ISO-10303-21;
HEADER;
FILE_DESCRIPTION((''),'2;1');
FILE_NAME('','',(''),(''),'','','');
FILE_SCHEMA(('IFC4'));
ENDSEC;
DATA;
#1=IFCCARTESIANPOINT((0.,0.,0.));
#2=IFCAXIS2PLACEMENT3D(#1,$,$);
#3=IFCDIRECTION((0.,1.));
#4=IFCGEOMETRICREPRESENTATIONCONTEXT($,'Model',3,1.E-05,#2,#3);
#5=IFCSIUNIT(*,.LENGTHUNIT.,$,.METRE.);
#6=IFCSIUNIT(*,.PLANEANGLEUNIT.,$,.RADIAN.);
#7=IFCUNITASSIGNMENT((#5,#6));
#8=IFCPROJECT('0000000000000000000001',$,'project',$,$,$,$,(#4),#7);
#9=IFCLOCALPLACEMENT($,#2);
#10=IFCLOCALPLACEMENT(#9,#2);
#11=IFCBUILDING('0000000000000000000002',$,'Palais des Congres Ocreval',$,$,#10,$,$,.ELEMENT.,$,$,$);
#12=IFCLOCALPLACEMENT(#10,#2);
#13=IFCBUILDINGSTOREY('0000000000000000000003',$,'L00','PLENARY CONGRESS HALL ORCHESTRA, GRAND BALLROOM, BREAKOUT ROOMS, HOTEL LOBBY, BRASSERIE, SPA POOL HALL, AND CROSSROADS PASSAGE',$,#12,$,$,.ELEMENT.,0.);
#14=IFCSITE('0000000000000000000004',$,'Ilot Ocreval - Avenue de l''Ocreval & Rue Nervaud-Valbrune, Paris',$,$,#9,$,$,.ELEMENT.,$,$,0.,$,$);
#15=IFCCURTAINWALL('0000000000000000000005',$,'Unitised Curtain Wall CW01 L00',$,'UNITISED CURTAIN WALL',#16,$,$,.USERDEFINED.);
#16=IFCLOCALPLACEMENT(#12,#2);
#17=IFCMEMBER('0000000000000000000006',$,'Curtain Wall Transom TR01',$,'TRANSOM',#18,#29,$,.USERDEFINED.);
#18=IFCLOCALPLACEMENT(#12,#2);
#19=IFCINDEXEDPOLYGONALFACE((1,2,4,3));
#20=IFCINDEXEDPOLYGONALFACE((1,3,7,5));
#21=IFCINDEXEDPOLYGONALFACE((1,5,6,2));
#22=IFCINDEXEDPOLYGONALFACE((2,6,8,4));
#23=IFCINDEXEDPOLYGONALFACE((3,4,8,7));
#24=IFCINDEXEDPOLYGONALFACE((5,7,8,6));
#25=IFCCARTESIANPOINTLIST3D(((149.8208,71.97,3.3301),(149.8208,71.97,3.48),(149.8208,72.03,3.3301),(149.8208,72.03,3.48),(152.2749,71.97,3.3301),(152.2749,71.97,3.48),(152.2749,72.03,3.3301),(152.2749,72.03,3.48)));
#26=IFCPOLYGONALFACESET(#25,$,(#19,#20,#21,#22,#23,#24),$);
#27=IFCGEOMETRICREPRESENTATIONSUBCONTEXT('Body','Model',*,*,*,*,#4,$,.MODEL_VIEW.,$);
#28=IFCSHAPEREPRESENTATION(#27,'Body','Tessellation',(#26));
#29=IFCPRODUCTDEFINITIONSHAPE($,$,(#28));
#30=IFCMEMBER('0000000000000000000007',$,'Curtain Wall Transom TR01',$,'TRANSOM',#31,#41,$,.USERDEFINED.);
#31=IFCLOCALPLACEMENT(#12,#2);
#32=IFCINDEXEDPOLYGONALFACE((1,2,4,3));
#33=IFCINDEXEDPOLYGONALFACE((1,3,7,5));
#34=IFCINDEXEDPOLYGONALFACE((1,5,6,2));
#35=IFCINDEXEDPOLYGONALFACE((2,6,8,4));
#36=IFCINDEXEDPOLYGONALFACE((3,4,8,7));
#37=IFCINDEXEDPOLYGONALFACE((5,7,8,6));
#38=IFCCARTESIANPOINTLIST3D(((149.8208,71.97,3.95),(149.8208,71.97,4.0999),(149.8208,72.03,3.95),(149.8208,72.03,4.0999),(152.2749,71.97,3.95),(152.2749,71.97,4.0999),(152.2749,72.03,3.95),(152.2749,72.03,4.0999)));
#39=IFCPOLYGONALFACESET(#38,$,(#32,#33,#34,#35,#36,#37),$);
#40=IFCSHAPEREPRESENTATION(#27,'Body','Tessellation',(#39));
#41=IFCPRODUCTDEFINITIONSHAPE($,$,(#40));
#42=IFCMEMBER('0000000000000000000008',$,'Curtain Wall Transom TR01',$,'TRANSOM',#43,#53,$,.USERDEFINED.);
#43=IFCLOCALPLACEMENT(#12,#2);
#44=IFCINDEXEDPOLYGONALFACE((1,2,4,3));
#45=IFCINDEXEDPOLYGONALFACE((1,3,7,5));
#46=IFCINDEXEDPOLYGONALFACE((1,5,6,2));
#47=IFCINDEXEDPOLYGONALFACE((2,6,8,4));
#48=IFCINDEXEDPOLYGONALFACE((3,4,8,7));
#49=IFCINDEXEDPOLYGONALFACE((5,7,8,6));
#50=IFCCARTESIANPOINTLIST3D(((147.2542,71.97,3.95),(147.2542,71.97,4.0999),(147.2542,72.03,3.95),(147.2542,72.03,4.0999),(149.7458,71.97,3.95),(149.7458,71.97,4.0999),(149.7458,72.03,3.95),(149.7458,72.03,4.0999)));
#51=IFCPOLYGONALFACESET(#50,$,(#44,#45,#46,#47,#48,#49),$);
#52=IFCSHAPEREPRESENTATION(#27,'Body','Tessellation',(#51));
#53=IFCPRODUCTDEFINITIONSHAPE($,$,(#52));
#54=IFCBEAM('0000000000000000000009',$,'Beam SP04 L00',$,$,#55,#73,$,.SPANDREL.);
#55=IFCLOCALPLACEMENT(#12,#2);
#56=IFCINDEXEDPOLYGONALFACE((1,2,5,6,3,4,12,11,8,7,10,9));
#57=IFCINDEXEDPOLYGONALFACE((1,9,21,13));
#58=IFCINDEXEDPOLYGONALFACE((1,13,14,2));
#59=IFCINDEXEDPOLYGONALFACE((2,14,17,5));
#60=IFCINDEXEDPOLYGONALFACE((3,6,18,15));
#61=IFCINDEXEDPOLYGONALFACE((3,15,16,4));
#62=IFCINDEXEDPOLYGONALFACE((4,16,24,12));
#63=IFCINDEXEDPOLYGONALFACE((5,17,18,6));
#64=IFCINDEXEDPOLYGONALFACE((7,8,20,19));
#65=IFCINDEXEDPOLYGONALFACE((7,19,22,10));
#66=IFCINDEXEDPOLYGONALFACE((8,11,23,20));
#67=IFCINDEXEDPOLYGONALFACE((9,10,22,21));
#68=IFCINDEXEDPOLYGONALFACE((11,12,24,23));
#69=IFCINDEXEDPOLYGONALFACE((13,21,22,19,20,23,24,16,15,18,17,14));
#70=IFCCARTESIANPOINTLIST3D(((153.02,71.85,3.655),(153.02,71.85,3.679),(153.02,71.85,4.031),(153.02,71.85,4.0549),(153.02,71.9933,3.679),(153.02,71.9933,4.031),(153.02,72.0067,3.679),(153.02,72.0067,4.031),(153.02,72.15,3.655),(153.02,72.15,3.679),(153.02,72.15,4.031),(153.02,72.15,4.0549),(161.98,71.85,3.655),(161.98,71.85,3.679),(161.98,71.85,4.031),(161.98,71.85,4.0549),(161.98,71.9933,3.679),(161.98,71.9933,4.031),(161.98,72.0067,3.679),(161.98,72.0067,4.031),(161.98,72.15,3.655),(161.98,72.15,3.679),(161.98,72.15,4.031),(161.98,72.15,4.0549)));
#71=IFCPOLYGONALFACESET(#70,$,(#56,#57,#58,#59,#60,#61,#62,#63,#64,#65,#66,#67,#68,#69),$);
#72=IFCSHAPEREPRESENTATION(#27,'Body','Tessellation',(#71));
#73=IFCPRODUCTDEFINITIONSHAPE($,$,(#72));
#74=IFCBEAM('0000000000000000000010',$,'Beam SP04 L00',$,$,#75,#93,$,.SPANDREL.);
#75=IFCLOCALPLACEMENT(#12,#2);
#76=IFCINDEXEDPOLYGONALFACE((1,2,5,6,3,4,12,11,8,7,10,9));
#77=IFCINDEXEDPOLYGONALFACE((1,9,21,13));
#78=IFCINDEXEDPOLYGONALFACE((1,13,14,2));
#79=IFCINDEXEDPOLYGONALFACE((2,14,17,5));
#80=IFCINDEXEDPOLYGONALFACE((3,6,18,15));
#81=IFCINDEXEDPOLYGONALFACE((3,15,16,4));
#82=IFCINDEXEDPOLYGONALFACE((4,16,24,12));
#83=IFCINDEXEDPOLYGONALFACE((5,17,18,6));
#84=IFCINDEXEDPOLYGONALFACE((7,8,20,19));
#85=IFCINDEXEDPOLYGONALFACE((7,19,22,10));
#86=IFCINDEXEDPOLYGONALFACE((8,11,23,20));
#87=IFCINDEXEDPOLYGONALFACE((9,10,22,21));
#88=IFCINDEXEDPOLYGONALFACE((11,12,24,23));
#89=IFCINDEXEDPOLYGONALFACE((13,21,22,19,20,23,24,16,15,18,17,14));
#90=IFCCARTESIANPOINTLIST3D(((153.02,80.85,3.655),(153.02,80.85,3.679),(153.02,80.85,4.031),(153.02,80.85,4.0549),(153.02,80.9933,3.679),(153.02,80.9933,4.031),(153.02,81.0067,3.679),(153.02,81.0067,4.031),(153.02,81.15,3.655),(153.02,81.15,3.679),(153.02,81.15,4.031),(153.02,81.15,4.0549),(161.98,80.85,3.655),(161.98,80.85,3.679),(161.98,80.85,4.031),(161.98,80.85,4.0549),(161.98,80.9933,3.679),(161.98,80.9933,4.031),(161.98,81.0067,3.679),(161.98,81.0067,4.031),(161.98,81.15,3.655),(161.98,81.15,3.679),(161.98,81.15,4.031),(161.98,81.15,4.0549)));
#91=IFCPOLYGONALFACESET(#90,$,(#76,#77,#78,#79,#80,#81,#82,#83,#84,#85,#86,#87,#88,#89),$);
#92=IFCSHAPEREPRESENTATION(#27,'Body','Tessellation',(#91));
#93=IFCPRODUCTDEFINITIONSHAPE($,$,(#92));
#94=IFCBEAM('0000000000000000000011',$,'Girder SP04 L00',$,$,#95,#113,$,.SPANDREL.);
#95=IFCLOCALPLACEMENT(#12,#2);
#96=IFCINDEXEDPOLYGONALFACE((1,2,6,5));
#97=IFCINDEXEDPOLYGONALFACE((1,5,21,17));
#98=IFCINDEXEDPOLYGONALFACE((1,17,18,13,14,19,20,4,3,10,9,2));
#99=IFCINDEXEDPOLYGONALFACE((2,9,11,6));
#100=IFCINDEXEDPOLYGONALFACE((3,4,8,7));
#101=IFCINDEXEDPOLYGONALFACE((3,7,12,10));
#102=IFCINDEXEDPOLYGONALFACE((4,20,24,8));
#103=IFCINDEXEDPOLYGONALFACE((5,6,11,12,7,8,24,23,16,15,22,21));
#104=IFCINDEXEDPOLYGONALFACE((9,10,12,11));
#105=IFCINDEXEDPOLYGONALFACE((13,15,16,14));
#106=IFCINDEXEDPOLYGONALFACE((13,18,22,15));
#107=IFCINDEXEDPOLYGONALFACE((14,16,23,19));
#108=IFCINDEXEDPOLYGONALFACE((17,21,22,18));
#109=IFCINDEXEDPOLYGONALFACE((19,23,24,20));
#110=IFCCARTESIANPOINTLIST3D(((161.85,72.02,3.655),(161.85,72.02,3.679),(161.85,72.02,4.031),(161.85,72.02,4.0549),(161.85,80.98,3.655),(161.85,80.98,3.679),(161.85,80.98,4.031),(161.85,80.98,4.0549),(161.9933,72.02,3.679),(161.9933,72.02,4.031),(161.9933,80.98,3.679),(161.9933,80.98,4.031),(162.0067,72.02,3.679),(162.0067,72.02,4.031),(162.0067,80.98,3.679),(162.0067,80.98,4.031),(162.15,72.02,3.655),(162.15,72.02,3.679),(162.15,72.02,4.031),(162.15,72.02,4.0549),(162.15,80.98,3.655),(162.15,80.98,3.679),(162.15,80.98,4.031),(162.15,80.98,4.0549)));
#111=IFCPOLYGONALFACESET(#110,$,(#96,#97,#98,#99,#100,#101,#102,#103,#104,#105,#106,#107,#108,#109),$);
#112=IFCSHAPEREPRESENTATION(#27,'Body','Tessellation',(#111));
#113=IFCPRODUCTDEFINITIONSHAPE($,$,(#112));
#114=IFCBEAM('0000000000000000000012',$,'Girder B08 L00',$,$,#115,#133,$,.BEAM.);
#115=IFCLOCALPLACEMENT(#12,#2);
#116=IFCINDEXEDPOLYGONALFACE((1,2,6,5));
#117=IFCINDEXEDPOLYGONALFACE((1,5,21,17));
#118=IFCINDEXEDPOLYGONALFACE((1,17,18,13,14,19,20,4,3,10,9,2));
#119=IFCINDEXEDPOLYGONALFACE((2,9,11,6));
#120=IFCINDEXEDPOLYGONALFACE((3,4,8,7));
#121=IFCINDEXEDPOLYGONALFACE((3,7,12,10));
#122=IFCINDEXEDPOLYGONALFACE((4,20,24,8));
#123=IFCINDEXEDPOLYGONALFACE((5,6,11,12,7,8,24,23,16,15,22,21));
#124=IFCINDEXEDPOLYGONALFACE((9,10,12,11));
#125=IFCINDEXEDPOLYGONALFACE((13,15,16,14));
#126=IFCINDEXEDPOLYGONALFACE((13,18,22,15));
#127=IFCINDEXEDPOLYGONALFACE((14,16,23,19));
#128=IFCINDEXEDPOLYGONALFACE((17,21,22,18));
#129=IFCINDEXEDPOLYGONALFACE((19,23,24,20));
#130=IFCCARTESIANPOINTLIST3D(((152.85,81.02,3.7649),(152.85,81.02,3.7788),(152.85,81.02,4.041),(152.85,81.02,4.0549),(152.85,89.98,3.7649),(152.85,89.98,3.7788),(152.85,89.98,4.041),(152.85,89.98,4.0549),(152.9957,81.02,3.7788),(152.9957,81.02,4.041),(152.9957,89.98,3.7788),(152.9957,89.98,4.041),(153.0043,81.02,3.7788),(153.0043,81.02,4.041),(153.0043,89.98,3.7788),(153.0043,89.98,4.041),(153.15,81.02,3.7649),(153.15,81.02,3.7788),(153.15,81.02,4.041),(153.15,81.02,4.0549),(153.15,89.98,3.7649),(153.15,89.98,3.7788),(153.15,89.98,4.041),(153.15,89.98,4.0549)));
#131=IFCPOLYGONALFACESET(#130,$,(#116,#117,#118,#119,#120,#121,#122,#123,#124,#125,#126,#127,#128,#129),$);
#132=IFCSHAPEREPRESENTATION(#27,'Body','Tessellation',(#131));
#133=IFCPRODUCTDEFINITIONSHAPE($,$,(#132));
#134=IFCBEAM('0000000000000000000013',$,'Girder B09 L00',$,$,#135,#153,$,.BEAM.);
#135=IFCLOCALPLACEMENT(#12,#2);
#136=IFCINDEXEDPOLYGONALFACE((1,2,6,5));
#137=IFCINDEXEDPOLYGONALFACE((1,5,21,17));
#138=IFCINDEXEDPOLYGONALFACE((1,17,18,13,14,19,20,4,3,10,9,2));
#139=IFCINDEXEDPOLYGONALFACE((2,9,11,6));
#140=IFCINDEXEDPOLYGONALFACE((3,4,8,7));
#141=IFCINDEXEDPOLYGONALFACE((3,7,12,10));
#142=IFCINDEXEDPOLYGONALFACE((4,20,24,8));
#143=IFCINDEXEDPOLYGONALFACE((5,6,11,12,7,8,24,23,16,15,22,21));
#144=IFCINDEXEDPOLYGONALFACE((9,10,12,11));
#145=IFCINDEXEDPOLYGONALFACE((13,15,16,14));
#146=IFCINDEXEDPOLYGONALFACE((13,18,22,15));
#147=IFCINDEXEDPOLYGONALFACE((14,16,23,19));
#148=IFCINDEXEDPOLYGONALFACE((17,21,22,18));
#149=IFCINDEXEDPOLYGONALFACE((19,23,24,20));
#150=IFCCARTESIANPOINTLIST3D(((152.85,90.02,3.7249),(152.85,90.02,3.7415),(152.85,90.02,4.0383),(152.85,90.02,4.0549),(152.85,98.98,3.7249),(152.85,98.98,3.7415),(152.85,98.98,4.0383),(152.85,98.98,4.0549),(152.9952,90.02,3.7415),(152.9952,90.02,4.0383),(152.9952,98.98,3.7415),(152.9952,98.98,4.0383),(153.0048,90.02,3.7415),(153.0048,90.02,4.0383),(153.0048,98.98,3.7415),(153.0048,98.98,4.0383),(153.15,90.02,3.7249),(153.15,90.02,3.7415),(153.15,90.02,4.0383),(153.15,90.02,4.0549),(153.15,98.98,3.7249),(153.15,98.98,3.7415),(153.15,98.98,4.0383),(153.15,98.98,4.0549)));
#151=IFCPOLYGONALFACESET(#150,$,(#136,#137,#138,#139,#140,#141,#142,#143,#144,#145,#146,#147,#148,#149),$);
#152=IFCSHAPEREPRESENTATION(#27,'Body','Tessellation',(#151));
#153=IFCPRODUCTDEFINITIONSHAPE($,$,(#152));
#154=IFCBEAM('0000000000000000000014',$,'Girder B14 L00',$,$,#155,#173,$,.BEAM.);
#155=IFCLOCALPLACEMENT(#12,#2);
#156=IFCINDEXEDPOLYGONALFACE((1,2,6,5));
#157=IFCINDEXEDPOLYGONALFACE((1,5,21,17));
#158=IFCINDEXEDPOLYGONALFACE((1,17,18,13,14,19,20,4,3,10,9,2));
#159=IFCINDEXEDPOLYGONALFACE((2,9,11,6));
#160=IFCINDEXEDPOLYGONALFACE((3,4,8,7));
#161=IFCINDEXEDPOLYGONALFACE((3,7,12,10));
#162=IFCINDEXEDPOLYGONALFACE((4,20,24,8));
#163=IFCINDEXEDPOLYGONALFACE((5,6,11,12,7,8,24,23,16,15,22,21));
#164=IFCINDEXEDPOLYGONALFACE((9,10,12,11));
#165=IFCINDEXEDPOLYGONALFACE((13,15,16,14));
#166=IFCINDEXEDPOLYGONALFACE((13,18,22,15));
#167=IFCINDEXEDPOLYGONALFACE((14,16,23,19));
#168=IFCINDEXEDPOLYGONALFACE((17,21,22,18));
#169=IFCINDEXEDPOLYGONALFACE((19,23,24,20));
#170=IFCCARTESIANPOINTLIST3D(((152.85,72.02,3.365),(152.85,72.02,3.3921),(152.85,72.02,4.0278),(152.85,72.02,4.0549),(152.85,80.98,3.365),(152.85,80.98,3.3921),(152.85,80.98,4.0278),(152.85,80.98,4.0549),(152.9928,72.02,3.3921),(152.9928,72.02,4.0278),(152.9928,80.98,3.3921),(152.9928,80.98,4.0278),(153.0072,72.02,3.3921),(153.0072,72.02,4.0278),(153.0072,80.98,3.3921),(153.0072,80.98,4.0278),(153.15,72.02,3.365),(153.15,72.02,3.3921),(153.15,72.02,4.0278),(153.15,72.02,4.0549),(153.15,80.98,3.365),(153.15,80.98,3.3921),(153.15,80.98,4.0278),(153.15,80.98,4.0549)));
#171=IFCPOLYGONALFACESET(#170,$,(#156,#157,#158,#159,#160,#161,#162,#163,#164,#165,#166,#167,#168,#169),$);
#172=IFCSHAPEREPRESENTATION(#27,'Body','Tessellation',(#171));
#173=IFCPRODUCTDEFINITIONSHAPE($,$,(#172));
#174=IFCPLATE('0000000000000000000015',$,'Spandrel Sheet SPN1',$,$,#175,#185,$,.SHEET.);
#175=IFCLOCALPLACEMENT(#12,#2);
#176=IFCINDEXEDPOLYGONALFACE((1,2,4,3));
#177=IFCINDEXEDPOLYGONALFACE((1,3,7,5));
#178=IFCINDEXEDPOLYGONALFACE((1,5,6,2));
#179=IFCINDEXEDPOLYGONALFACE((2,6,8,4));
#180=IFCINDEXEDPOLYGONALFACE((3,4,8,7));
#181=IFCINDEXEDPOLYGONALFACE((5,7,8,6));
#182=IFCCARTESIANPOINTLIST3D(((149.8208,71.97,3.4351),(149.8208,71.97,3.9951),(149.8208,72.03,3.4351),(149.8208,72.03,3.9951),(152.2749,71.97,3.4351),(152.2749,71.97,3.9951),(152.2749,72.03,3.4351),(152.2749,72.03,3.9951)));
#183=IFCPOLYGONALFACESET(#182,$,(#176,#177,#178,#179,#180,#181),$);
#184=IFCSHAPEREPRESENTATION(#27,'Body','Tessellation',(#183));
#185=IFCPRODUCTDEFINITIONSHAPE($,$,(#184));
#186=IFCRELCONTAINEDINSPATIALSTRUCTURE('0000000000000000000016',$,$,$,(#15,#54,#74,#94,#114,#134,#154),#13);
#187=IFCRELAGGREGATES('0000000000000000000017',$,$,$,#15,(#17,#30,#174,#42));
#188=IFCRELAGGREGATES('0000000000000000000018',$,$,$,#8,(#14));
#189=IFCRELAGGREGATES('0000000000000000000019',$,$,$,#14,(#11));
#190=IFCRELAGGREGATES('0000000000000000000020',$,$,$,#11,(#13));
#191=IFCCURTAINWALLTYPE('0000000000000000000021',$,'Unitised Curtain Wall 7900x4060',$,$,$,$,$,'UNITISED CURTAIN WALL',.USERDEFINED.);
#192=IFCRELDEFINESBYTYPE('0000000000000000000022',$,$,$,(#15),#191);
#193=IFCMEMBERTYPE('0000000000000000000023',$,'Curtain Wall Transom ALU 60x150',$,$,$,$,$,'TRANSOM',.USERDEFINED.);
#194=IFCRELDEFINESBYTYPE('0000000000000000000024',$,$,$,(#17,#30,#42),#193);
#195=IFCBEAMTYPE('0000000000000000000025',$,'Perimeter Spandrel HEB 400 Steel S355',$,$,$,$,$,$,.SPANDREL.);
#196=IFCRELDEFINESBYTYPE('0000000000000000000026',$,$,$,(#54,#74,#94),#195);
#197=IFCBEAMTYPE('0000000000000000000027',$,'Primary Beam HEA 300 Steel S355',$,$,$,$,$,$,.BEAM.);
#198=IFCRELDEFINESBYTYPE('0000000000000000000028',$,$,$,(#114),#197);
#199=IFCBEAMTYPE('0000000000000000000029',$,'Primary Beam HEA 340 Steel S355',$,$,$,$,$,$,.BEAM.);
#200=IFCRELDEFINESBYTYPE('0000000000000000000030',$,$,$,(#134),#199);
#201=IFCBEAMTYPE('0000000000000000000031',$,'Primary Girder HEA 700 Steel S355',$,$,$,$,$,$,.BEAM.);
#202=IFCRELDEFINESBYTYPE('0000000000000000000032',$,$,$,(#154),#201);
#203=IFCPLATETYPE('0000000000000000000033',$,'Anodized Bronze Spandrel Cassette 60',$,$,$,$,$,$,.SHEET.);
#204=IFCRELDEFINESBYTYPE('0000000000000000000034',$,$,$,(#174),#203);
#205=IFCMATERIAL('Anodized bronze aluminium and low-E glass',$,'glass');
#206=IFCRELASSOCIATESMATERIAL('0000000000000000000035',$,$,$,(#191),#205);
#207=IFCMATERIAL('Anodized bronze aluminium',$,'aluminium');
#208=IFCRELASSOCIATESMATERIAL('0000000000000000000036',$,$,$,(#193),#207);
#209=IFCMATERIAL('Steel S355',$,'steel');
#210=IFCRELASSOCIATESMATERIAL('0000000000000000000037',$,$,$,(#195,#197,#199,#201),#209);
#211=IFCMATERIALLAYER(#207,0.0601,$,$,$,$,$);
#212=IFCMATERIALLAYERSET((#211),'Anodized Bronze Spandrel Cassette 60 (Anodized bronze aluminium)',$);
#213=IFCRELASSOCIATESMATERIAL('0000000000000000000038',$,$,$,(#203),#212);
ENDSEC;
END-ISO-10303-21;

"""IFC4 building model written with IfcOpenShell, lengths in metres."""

from ifc_helpers import new_model, si_unit, direction, frame, origin, origin_2d, place, context, subcontext, project, spatial, rectangle, i_section, extrude, material, layer, layer_set, material_profile, profile_set, type_object, element, aggregate, save


model = new_model("IFC4")

# Units and contexts
model_context = context("Model", 3, precision=1e-05, world=origin(), true_north=direction((0.0, 1.0)))
body_context = subcontext(model_context, "Body", "Model", "MODEL_VIEW")
ifc_project = project(units=[si_unit("LENGTHUNIT", "METRE"), si_unit("PLANEANGLEUNIT", "RADIAN")], contexts=[model_context])

# Site, building, storey
site_placement = place(None, origin())
site = spatial("IfcSite", under=ifc_project, at=site_placement, Name="Ilot Ocreval - Avenue de l'Ocreval & Rue Nervaud-Valbrune, Paris", CompositionType="ELEMENT", RefElevation=0.0)
building_placement = place(site_placement, origin())
building = spatial("IfcBuilding", under=site, at=building_placement, Name="Palais des Congres Ocreval", CompositionType="ELEMENT")
storey_placement = place(building_placement, origin())
storey = spatial("IfcBuildingStorey", under=building, at=storey_placement, Name="L00", Description="PLENARY CONGRESS HALL ORCHESTRA, GRAND BALLROOM, BREAKOUT ROOMS, HOTEL LOBBY, BRASSERIE, SPA POOL HALL, AND CROSSROADS PASSAGE", CompositionType="ELEMENT", Elevation=0.0)

# Shared definitions
ifc_material_1 = material(Name="Steel S355", Category="steel")

# Shared definitions
ifc_material_2 = material(Name="Anodized bronze aluminium and low-E glass", Category="glass")
curtain_wall_type = type_object("IfcCurtainWallType", Name="Unitised Curtain Wall 7900x4060", ElementType="UNITISED CURTAIN WALL", PredefinedType="USERDEFINED", material=ifc_material_2)
ifc_material_3 = material(Name="Anodized bronze aluminium", Category="aluminium")

# Curtain wall, members
curtain_wall_1_placement = place(storey_placement, origin())
curtain_wall_1 = element("IfcCurtainWall", 1, at=curtain_wall_1_placement, inside=storey, type_object=curtain_wall_type, Name="Unitised Curtain Wall CW01 L00", ObjectType="UNITISED CURTAIN WALL", PredefinedType="USERDEFINED")
ifc_material_profile_1 = material_profile(ifc_material_3, rectangle(XDim=0.0601, YDim=0.1499, at=origin_2d()), Name="ALU 60x150")
ifc_profile_set_1 = profile_set([ifc_material_profile_1], Name="Anodized bronze aluminium")
member_type_1 = type_object("IfcMemberType", Name="Curtain Wall Transom ALU 60x150", ElementType="TRANSOM", PredefinedType="USERDEFINED", material=ifc_profile_set_1)
member_1_placement = place(storey_placement, frame((152.2749, 72.0, 3.405), z_axis=(-1.0, 0.0, 0.0), x_axis=(0.0, -1.0, 0.0)))
member_1 = element("IfcMember", 2, at=member_1_placement, type_object=member_type_1, Name="Curtain Wall Transom TR01", ObjectType="TRANSOM", PredefinedType="USERDEFINED", context=body_context, shape_type="SweptSolid", body=[
    extrude(rectangle(XDim=0.0601, YDim=0.1499, at=origin_2d()), origin(), (0.0, 0.0, 1.0), 2.4541),
])
member_2_placement = place(storey_placement, frame((152.2749, 72.0, 4.0249), z_axis=(-1.0, 0.0, 0.0), x_axis=(0.0, -1.0, 0.0)))
member_2 = element("IfcMember", 3, at=member_2_placement, type_object=member_type_1, Name="Curtain Wall Transom TR01", ObjectType="TRANSOM", PredefinedType="USERDEFINED", context=body_context, shape_type="SweptSolid", body=[
    extrude(rectangle(XDim=0.0601, YDim=0.1499, at=origin_2d()), origin(), (0.0, 0.0, 1.0), 2.4541),
])
member_3_placement = place(storey_placement, frame((149.7458, 72.0, 4.0249), z_axis=(-1.0, 0.0, 0.0), x_axis=(0.0, -1.0, 0.0)))
member_3 = element("IfcMember", 4, at=member_3_placement, type_object=member_type_1, Name="Curtain Wall Transom TR01", ObjectType="TRANSOM", PredefinedType="USERDEFINED", context=body_context, shape_type="SweptSolid", body=[
    extrude(rectangle(XDim=0.0601, YDim=0.1499, at=origin_2d()), origin(), (0.0, 0.0, 1.0), 2.4917),
])

# Beams
ifc_material_profile_2 = material_profile(ifc_material_1, i_section(OverallWidth=0.3, OverallDepth=0.3999, WebThickness=0.0134, FlangeThickness=0.0239, at=origin_2d()), Name="HEB 400")
ifc_profile_set_2 = profile_set([ifc_material_profile_2], Name="Steel S355")
beam_type_1 = type_object("IfcBeamType", Name="Perimeter Spandrel HEB 400 Steel S355", PredefinedType="SPANDREL", material=ifc_profile_set_2)
for number, where, z_axis, x_axis, name in (
    (5, (153.02, 72.0, 3.855), (1.0, 0.0, 0.0), (0.0, 1.0, 0.0), "Beam SP04 L00"),
    (6, (153.02, 81.0, 3.855), (1.0, 0.0, 0.0), (0.0, 1.0, 0.0), "Beam SP04 L00"),
    (7, (162.0, 72.02, 3.855), (0.0, 1.0, 0.0), (-1.0, 0.0, 0.0), "Girder SP04 L00"),
):
    element("IfcBeam", number, at=place(storey_placement, frame(where, z_axis=z_axis, x_axis=x_axis)), inside=storey, type_object=beam_type_1, Name=name, PredefinedType="SPANDREL", context=body_context, shape_type="SweptSolid", body=[
        extrude(i_section(OverallWidth=0.3, OverallDepth=0.3999, WebThickness=0.0134, FlangeThickness=0.0239, at=origin_2d()), origin(), (0.0, 0.0, 1.0), 8.96),
    ])
ifc_material_profile_3 = material_profile(ifc_material_1, i_section(OverallWidth=0.3, OverallDepth=0.29, WebThickness=0.0085, FlangeThickness=0.0139, at=origin_2d()), Name="HEA 300")
ifc_profile_set_3 = profile_set([ifc_material_profile_3], Name="Steel S355")
beam_type_2 = type_object("IfcBeamType", Name="Primary Beam HEA 300 Steel S355", PredefinedType="BEAM", material=ifc_profile_set_3)
beam_1_placement = place(storey_placement, frame((153.0, 81.02, 3.9099), z_axis=(0.0, 1.0, 0.0), x_axis=(-1.0, 0.0, 0.0)))
element("IfcBeam", 8, at=beam_1_placement, inside=storey, type_object=beam_type_2, Name="Girder B08 L00", PredefinedType="BEAM", context=body_context, shape_type="SweptSolid", body=[
    extrude(i_section(OverallWidth=0.3, OverallDepth=0.29, WebThickness=0.0085, FlangeThickness=0.0139, at=origin_2d()), origin(), (0.0, 0.0, 1.0), 8.96),
])
ifc_material_profile_4 = material_profile(ifc_material_1, i_section(OverallWidth=0.3, OverallDepth=0.3301, WebThickness=0.0095, FlangeThickness=0.0166, at=origin_2d()), Name="HEA 340")
ifc_profile_set_4 = profile_set([ifc_material_profile_4], Name="Steel S355")
beam_type_3 = type_object("IfcBeamType", Name="Primary Beam HEA 340 Steel S355", PredefinedType="BEAM", material=ifc_profile_set_4)
beam_2_placement = place(storey_placement, frame((153.0, 90.02, 3.8899), z_axis=(0.0, 1.0, 0.0), x_axis=(-1.0, 0.0, 0.0)))
element("IfcBeam", 9, at=beam_2_placement, inside=storey, type_object=beam_type_3, Name="Girder B09 L00", PredefinedType="BEAM", context=body_context, shape_type="SweptSolid", body=[
    extrude(i_section(OverallWidth=0.3, OverallDepth=0.3301, WebThickness=0.0095, FlangeThickness=0.0166, at=origin_2d()), origin(), (0.0, 0.0, 1.0), 8.96),
])
ifc_material_profile_5 = material_profile(ifc_material_1, i_section(OverallWidth=0.3, OverallDepth=0.6899, WebThickness=0.0144, FlangeThickness=0.0271, at=origin_2d()), Name="HEA 700")
ifc_profile_set_5 = profile_set([ifc_material_profile_5], Name="Steel S355")
beam_type_4 = type_object("IfcBeamType", Name="Primary Girder HEA 700 Steel S355", PredefinedType="BEAM", material=ifc_profile_set_5)
beam_3_placement = place(storey_placement, frame((153.0, 72.02, 3.71), z_axis=(0.0, 1.0, 0.0), x_axis=(-1.0, 0.0, 0.0)))
element("IfcBeam", 10, at=beam_3_placement, inside=storey, type_object=beam_type_4, Name="Girder B14 L00", PredefinedType="BEAM", context=body_context, shape_type="SweptSolid", body=[
    extrude(i_section(OverallWidth=0.3, OverallDepth=0.6899, WebThickness=0.0144, FlangeThickness=0.0271, at=origin_2d()), origin(), (0.0, 0.0, 1.0), 8.96),
])

# Plate
ifc_layer_1 = layer(ifc_material_3, 0.0601)
ifc_layer_set_1 = layer_set([ifc_layer_1], Name="Anodized Bronze Spandrel Cassette 60 (Anodized bronze aluminium)")
plate_type_1 = type_object("IfcPlateType", Name="Anodized Bronze Spandrel Cassette 60", PredefinedType="SHEET", material=ifc_layer_set_1)
plate_1_placement = place(storey_placement, frame((151.0479, 72.0, 3.4351), z_axis=(0.0, 0.0, 1.0), x_axis=(-1.0, 0.0, 0.0)))
plate_1 = element("IfcPlate", 11, at=plate_1_placement, type_object=plate_type_1, Name="Spandrel Sheet SPN1", PredefinedType="SHEET", context=body_context, shape_type="SweptSolid", body=[
    extrude(rectangle(XDim=2.4541, YDim=0.0601, at=origin_2d()), origin(), (0.0, 0.0, 1.0), 0.5601),
])
aggregate(curtain_wall_1, [member_1, member_2, plate_1, member_3])

save(model, "model.ifc")
